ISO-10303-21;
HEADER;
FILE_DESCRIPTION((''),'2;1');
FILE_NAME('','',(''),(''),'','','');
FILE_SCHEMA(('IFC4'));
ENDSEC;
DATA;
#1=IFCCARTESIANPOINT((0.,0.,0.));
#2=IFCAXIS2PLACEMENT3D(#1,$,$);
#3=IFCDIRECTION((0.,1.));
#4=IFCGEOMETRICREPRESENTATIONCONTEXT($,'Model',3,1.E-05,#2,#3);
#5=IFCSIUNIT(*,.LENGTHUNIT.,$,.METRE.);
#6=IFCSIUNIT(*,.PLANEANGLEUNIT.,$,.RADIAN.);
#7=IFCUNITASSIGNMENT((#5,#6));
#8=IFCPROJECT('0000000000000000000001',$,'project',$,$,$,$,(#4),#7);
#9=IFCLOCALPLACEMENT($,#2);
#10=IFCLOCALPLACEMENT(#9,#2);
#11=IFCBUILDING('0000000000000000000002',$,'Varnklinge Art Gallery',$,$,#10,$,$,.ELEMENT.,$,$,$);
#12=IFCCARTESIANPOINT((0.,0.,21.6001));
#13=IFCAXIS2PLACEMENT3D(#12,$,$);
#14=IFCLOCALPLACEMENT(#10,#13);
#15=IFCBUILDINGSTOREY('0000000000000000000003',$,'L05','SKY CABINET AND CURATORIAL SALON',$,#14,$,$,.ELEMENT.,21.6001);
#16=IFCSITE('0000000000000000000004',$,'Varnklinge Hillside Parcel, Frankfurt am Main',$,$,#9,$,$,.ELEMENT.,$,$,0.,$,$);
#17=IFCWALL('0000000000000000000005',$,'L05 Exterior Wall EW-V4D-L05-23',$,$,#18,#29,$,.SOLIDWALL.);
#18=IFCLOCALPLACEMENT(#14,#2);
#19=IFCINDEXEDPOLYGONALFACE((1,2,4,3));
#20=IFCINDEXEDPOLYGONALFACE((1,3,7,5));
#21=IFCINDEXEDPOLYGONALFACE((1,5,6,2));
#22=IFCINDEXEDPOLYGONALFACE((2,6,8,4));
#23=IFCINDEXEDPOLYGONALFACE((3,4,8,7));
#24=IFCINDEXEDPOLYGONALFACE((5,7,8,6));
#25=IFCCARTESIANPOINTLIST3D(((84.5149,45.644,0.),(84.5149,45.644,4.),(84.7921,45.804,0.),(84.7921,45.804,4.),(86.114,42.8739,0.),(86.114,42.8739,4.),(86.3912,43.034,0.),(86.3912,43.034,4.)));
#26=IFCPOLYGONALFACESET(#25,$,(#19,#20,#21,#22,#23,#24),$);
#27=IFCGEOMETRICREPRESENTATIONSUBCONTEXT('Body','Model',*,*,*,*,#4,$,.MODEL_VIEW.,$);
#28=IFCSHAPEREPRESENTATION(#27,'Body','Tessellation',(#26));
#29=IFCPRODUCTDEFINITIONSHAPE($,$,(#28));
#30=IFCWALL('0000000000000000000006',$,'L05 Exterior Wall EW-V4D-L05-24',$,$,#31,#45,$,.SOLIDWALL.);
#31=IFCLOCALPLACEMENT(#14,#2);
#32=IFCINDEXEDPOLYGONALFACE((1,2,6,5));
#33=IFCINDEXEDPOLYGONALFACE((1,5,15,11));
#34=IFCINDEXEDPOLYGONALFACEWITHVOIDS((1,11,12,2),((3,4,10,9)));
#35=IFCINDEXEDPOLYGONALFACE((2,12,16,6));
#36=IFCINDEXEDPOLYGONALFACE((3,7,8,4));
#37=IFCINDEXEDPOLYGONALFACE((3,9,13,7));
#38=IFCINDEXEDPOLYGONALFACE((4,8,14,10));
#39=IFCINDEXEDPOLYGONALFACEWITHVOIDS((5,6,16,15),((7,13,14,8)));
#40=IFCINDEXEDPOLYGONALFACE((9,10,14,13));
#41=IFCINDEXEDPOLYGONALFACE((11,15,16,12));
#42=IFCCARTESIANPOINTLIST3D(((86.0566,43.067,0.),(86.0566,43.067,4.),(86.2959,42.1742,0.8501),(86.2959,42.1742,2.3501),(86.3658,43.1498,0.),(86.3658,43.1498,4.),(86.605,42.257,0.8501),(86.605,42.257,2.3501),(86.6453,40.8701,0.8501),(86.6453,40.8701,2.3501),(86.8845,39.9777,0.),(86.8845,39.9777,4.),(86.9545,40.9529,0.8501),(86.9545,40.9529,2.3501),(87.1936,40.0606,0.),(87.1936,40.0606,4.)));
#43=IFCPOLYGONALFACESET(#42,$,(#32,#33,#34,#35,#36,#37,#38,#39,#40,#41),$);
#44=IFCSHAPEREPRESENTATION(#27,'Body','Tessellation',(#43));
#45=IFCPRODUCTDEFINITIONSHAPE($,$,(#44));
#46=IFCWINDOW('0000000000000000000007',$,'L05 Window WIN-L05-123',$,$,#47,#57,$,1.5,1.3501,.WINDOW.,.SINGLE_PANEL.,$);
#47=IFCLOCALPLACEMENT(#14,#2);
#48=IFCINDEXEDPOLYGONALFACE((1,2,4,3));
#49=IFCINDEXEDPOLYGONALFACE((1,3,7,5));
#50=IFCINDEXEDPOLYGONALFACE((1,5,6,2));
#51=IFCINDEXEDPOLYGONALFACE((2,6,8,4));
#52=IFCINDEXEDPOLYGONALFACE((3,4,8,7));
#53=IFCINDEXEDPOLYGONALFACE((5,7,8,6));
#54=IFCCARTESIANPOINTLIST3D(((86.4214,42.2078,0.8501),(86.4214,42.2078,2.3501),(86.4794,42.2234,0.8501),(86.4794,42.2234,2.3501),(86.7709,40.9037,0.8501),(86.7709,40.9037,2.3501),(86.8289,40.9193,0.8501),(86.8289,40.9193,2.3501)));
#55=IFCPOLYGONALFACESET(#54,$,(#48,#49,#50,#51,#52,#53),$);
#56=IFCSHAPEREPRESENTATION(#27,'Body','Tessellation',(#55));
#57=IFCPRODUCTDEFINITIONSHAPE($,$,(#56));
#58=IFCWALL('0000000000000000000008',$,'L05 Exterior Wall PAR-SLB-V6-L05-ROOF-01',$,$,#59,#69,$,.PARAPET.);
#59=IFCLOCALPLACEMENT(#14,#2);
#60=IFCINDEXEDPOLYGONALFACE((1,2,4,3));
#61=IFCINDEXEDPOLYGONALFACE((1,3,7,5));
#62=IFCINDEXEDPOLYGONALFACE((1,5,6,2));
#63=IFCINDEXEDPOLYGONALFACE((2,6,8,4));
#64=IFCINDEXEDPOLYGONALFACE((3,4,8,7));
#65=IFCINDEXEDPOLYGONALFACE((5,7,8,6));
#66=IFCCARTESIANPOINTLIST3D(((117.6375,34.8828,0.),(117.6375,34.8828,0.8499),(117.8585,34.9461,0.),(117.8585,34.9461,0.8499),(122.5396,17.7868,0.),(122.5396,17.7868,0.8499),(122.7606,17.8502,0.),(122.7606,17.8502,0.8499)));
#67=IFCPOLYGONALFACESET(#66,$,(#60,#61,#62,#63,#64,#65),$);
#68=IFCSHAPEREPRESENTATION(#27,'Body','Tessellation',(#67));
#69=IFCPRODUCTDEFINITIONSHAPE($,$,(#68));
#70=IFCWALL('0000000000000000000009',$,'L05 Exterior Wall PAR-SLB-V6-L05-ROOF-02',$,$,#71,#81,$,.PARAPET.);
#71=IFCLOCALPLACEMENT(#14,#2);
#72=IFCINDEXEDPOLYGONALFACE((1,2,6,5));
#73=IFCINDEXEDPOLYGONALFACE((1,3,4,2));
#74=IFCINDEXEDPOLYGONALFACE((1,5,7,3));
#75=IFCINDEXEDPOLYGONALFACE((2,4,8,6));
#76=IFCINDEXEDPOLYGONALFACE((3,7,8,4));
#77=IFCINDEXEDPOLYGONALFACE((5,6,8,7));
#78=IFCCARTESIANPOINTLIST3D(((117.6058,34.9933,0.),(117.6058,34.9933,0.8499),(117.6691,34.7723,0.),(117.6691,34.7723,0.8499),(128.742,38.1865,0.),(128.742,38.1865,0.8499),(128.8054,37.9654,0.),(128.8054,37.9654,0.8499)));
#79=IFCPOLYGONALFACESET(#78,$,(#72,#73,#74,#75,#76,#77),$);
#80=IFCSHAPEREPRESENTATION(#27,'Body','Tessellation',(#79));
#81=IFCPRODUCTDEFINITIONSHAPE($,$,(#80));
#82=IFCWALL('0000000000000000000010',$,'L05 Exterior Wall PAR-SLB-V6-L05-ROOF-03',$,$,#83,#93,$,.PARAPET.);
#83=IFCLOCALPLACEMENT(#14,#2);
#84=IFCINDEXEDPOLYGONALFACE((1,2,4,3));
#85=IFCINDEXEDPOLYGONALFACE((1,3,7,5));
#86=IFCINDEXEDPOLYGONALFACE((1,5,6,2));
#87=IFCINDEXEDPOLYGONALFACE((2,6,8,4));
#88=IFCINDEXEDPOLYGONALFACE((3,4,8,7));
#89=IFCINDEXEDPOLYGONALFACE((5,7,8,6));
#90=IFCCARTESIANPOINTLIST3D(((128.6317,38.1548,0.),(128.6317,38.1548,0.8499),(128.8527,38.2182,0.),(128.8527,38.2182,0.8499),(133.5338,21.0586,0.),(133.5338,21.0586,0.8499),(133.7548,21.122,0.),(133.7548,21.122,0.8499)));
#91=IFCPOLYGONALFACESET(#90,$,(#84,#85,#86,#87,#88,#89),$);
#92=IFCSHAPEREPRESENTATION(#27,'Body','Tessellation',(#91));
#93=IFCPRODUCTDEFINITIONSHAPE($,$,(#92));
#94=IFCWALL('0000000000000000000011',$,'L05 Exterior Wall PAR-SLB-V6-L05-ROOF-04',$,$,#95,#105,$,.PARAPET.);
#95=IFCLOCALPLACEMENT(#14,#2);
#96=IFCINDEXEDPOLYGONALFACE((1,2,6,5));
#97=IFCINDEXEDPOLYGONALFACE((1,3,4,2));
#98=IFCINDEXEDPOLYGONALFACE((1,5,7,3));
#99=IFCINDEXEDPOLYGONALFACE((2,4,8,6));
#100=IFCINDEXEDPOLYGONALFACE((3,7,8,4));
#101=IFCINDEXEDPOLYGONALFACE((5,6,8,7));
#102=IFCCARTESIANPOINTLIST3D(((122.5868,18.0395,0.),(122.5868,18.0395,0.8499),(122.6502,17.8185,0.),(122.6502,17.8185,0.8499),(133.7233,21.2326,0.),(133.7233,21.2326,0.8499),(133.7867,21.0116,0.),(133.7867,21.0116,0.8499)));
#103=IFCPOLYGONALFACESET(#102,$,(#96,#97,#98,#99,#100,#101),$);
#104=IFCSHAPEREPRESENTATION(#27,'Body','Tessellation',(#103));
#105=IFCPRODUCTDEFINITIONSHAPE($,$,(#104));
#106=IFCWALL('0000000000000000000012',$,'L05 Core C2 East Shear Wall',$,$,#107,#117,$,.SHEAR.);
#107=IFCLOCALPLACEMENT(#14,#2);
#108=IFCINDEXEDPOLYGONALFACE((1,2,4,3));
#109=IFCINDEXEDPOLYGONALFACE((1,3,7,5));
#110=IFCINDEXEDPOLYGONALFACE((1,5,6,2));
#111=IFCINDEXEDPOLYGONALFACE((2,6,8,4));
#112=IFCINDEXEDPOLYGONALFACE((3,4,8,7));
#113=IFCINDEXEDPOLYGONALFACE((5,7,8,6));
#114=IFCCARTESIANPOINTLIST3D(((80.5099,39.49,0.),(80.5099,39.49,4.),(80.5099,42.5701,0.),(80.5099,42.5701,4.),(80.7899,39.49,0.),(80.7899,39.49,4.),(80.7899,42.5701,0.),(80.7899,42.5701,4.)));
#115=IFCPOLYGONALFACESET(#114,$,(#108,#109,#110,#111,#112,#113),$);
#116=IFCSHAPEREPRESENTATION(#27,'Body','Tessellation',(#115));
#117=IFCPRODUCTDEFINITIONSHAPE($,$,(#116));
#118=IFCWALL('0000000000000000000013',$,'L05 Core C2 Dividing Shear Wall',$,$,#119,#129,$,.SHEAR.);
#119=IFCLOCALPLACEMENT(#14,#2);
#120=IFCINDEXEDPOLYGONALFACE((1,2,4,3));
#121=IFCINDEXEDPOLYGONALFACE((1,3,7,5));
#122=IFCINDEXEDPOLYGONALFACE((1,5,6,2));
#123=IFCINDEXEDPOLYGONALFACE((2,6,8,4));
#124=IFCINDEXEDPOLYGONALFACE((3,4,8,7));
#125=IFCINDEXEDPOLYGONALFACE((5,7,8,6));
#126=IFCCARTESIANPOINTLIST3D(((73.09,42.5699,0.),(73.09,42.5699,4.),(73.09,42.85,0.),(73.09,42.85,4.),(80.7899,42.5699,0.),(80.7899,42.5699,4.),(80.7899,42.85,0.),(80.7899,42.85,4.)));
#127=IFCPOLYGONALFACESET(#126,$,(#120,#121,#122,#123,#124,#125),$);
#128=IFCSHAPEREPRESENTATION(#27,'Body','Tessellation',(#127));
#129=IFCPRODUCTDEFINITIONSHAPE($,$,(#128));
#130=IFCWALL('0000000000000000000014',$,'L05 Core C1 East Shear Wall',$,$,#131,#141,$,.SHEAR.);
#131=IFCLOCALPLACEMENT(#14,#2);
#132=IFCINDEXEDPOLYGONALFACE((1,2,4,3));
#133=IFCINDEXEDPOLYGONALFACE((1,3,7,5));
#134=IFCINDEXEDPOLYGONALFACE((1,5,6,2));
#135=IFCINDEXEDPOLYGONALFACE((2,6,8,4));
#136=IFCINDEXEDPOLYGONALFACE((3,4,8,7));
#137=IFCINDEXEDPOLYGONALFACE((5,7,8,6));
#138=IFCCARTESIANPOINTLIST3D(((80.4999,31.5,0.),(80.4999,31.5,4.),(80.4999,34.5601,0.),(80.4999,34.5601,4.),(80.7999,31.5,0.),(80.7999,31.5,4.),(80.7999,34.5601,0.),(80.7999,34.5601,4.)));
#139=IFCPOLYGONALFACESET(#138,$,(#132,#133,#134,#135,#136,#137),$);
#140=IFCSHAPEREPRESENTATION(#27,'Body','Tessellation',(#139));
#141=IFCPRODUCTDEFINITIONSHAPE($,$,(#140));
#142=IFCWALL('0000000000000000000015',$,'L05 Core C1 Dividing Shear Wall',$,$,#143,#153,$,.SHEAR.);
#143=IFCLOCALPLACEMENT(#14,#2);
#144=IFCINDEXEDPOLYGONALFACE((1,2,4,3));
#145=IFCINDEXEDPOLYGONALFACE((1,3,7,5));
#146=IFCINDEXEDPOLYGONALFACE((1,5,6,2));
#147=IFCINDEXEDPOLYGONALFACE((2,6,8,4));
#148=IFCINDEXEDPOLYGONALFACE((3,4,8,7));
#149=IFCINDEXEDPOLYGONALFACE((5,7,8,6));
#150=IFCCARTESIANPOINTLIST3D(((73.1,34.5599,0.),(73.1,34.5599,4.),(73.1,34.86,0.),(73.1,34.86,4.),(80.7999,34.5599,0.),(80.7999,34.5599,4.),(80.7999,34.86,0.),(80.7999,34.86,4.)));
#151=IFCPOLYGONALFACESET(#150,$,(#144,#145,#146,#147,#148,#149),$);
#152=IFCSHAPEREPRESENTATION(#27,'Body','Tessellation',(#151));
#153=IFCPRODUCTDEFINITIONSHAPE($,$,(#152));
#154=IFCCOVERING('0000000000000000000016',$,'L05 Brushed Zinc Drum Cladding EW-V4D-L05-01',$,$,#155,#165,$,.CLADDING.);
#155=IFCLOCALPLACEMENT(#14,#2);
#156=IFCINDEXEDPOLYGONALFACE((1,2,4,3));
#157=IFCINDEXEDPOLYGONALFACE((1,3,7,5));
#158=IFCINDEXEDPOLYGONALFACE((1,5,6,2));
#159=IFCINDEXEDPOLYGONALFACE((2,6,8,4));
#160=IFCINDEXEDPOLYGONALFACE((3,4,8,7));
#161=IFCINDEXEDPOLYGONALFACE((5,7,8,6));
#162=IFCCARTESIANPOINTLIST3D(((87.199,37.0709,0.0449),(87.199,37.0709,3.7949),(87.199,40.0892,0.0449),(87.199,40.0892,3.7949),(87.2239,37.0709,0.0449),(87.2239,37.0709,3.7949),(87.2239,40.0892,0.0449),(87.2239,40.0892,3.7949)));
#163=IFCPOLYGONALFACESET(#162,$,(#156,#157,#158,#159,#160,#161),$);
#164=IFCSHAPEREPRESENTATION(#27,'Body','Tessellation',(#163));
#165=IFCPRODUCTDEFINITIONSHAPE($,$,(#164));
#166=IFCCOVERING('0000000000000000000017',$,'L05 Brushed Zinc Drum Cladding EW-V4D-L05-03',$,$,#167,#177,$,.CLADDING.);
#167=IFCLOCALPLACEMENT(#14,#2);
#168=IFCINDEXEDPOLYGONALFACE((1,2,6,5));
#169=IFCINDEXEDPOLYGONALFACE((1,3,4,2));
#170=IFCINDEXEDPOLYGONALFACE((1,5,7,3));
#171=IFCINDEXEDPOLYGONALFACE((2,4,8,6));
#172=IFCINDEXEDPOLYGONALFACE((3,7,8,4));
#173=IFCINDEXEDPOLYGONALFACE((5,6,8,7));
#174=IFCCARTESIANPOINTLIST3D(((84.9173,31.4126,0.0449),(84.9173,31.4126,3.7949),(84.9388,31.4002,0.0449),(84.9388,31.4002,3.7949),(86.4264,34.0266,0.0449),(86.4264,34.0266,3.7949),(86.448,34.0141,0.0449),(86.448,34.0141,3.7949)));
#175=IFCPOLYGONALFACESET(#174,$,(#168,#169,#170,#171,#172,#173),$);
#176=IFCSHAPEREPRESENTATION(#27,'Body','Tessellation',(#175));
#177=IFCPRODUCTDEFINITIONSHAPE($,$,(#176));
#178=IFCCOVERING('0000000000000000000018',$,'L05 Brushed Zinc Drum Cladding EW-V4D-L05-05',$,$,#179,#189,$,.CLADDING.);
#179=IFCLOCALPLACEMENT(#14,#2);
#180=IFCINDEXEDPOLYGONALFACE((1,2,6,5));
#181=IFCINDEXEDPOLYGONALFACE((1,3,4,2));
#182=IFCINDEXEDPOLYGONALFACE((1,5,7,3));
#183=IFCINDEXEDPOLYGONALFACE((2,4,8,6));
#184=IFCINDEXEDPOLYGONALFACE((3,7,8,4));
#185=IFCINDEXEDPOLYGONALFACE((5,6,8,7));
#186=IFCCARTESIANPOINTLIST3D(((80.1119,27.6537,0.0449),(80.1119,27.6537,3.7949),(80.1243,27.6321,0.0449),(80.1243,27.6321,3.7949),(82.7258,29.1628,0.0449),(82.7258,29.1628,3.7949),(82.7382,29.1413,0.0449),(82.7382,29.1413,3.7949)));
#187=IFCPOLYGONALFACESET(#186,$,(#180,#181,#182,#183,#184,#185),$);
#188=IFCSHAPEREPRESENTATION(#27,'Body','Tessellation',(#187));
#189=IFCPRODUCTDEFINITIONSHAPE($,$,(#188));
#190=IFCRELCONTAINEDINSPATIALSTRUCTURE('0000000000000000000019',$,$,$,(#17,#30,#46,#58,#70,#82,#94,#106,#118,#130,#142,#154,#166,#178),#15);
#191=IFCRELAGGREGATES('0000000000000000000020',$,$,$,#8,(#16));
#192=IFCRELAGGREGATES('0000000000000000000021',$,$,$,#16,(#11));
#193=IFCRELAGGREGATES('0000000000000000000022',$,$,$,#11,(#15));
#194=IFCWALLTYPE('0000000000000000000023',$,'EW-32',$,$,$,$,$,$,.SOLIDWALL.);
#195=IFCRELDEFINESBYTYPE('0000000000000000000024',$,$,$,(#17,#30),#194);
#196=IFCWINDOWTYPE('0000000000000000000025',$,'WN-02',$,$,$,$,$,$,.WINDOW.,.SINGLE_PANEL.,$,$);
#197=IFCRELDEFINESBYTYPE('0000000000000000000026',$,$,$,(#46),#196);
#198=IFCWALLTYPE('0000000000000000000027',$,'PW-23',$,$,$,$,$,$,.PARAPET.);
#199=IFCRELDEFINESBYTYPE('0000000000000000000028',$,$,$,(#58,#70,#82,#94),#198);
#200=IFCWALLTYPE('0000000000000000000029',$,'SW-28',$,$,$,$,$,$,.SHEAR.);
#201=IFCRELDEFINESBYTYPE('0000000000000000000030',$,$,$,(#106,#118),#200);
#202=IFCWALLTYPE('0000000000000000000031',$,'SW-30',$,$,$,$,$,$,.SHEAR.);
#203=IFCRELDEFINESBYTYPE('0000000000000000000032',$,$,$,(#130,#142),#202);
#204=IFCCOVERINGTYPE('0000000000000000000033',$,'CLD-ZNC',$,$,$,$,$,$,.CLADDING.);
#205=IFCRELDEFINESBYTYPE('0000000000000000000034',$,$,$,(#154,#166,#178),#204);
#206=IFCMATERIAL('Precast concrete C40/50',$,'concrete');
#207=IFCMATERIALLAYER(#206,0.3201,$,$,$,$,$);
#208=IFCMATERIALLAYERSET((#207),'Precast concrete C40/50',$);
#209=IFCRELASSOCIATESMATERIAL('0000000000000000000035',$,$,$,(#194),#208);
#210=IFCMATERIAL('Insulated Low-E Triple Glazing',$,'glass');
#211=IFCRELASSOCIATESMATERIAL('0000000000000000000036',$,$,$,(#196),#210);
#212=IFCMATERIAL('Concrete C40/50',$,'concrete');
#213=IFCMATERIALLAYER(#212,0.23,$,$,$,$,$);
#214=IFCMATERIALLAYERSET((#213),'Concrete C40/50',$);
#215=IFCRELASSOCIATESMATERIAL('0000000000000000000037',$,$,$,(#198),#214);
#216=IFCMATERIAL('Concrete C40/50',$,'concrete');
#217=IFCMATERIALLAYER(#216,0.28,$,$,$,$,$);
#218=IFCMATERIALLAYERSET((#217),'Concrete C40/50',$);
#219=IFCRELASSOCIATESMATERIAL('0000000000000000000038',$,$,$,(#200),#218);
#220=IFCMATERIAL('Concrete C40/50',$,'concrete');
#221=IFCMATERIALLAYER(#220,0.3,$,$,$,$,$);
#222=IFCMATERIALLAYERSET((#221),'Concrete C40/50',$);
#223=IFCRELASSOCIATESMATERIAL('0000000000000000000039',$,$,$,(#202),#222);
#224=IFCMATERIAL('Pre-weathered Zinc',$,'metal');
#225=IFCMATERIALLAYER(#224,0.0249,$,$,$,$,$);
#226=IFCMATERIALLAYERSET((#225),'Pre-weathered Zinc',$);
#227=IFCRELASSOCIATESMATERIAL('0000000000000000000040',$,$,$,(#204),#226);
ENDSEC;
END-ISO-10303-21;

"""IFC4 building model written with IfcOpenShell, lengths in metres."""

from ifc_helpers import new_model, si_unit, direction, frame, frame_2d, origin, origin_2d, place, context, subcontext, project, spatial, rectangle, extrude, material, layer, layer_set, type_object, element, fill, save


model = new_model("IFC4")

# Units and contexts
model_context = context("Model", 3, precision=1e-05, world=origin(), true_north=direction((0.0, 1.0)))
body_context = subcontext(model_context, "Body", "Model", "MODEL_VIEW")
ifc_project = project(units=[si_unit("LENGTHUNIT", "METRE"), si_unit("PLANEANGLEUNIT", "RADIAN")], contexts=[model_context])

# Site, building, storey
site_placement = place(None, origin())
site = spatial("IfcSite", under=ifc_project, at=site_placement, Name="Varnklinge Hillside Parcel, Frankfurt am Main", CompositionType="ELEMENT", RefElevation=0.0)
building_placement = place(site_placement, origin())
building = spatial("IfcBuilding", under=site, at=building_placement, Name="Varnklinge Art Gallery", CompositionType="ELEMENT")
storey_placement = place(building_placement, frame((0.0, 0.0, 21.6001)))
storey = spatial("IfcBuildingStorey", under=building, at=storey_placement, Name="L05", Description="SKY CABINET AND CURATORIAL SALON", CompositionType="ELEMENT", Elevation=21.6001)

# Shared definitions
ifc_material_1 = material(Name="Precast concrete C40/50", Category="concrete")
ifc_layer_1 = layer(ifc_material_1, 0.3201)
ifc_layer_set_1 = layer_set([ifc_layer_1], Name="Precast concrete C40/50")
wall_type_1 = type_object("IfcWallType", Name="EW-32", PredefinedType="SOLIDWALL", material=ifc_layer_set_1)

# Shared definitions
ifc_material_2 = material(Name="Insulated Low-E Triple Glazing", Category="glass")
window_type = type_object("IfcWindowType", Name="WN-02", PartitioningType="SINGLE_PANEL", PredefinedType="WINDOW", material=ifc_material_2)

# Wall
wall_1_placement = place(storey_placement, frame((84.6536, 45.7239, 0.0), z_axis=(0.0, 0.0, 1.0), x_axis=(0.499965, -0.866046, 0.0)))
element("IfcWall", 1, at=wall_1_placement, inside=storey, type_object=wall_type_1, Name="L05 Exterior Wall EW-V4D-L05-23", PredefinedType="SOLIDWALL", context=body_context, shape_type="SweptSolid", body=[
    extrude(rectangle(XDim=3.1985, YDim=0.3201, at=frame_2d((1.5991, 0.0))), origin(), (0.0, 0.0, 1.0), 4.0),
])

# Wall, opening, window
wall_2_placement = place(storey_placement, frame((86.2112, 43.1084, 0.0), z_axis=(0.0, 0.0, 1.0), x_axis=(0.258845, -0.965919, 0.0)))
wall_2 = element("IfcWall", 2, at=wall_2_placement, inside=storey, type_object=wall_type_1, Name="L05 Exterior Wall EW-V4D-L05-24", PredefinedType="SOLIDWALL", context=body_context, shape_type="SweptSolid", body=[
    extrude(rectangle(XDim=3.1982, YDim=0.3201, at=frame_2d((1.5991, 0.0))), origin(), (0.0, 0.0, 1.0), 4.0),
])
opening_1_placement = place(wall_2_placement, frame((0.9243, 0.0, 0.8501)))
opening_1 = element("IfcOpeningElement", 3, at=opening_1_placement, cuts=wall_2, PredefinedType="OPENING", context=body_context, shape_type="SweptSolid", body=[
    extrude(rectangle(XDim=1.3501, YDim=1.5, at=frame_2d((0.675, 0.75))), frame((0.0, 0.1702, 0.0), z_axis=(0.0, -1.0, 0.0), x_axis=(1.0, 0.0, 0.0)), (0.0, 0.0, 1.0), 0.3401),
])
window_1_placement = place(opening_1_placement, origin())
window_1 = element("IfcWindow", 4, at=window_1_placement, inside=storey, type_object=window_type, Name="L05 Window WIN-L05-123", OverallHeight=1.5, OverallWidth=1.3501, PartitioningType="SINGLE_PANEL", PredefinedType="WINDOW", context=body_context, shape_type="SweptSolid", body=[
    extrude(rectangle(XDim=1.3501, YDim=1.5, at=frame_2d((0.675, 0.75))), frame((0.0, 0.03, 0.0), z_axis=(0.0, -1.0, 0.0), x_axis=(1.0, 0.0, 0.0)), (0.0, 0.0, 1.0), 0.0601),
])
fill(opening_1, window_1)

# Walls
ifc_material_3 = material(Name="Concrete C40/50", Category="concrete")
ifc_layer_2 = layer(ifc_material_3, 0.23)
ifc_layer_set_2 = layer_set([ifc_layer_2], Name="Concrete C40/50")
wall_type_2 = type_object("IfcWallType", Name="PW-23", PredefinedType="PARAPET", material=ifc_layer_set_2)
wall_3_placement = place(storey_placement, frame((122.6501, 17.8184, 0.0), z_axis=(0.0, 0.0, 1.0), x_axis=(-0.275633, 0.961263, 0.0)))
element("IfcWall", 5, at=wall_3_placement, inside=storey, type_object=wall_type_2, Name="L05 Exterior Wall PAR-SLB-V6-L05-ROOF-01", PredefinedType="PARAPET", context=body_context, shape_type="SweptSolid", body=[
    extrude(rectangle(XDim=17.7849, YDim=0.23, at=frame_2d((8.8926, 0.0))), origin(), (0.0, 0.0, 1.0), 0.8499),
])
wall_4_placement = place(storey_placement, frame((117.6375, 34.8828, 0.0), z_axis=(0.0, 0.0, 1.0), x_axis=(0.961265, 0.275626, 0.0)))
element("IfcWall", 6, at=wall_4_placement, inside=storey, type_object=wall_type_2, Name="L05 Exterior Wall PAR-SLB-V6-L05-ROOF-02", PredefinedType="PARAPET", context=body_context, shape_type="SweptSolid", body=[
    extrude(rectangle(XDim=11.585, YDim=0.23, at=frame_2d((5.7925, 0.0))), origin(), (0.0, 0.0, 1.0), 0.8499),
])
wall_5_placement = place(storey_placement, frame((128.7422, 38.1865, 0.0), z_axis=(0.0, 0.0, 1.0), x_axis=(0.275629, -0.961264, 0.0)))
element("IfcWall", 7, at=wall_5_placement, inside=storey, type_object=wall_type_2, Name="L05 Exterior Wall PAR-SLB-V6-L05-ROOF-03", PredefinedType="PARAPET", context=body_context, shape_type="SweptSolid", body=[
    extrude(rectangle(XDim=17.7852, YDim=0.23, at=frame_2d((8.8926, 0.0))), origin(), (0.0, 0.0, 1.0), 0.8499),
])
wall_6_placement = place(storey_placement, frame((133.7549, 21.1221, 0.0), z_axis=(0.0, 0.0, 1.0), x_axis=(-0.961267, -0.27562, 0.0)))
element("IfcWall", 8, at=wall_6_placement, inside=storey, type_object=wall_type_2, Name="L05 Exterior Wall PAR-SLB-V6-L05-ROOF-04", PredefinedType="PARAPET", context=body_context, shape_type="SweptSolid", body=[
    extrude(rectangle(XDim=11.5852, YDim=0.23, at=frame_2d((5.7925, 0.0))), origin(), (0.0, 0.0, 1.0), 0.8499),
])
ifc_material_4 = material(Name="Concrete C40/50", Category="concrete")
ifc_layer_3 = layer(ifc_material_4, 0.28)
ifc_layer_set_3 = layer_set([ifc_layer_3], Name="Concrete C40/50")
wall_type_3 = type_object("IfcWallType", Name="SW-28", PredefinedType="SHEAR", material=ifc_layer_set_3)
wall_7_placement = place(storey_placement, frame((80.6499, 39.49, 0.0), z_axis=(0.0, 0.0, 1.0), x_axis=(0.0, 1.0, 0.0)))
element("IfcWall", 9, at=wall_7_placement, inside=storey, type_object=wall_type_3, Name="L05 Core C2 East Shear Wall", PredefinedType="SHEAR", context=body_context, shape_type="SweptSolid", body=[
    extrude(rectangle(XDim=3.0801, YDim=0.28, at=frame_2d((1.54, 0.0))), origin(), (0.0, 0.0, 1.0), 4.0),
])
wall_8_placement = place(storey_placement, frame((80.79, 42.71, 0.0), z_axis=(0.0, 0.0, 1.0), x_axis=(-1.0, 0.0, 0.0)))
element("IfcWall", 10, at=wall_8_placement, inside=storey, type_object=wall_type_3, Name="L05 Core C2 Dividing Shear Wall", PredefinedType="SHEAR", context=body_context, shape_type="SweptSolid", body=[
    extrude(rectangle(XDim=7.7, YDim=0.28, at=frame_2d((3.8501, 0.0))), origin(), (0.0, 0.0, 1.0), 4.0),
])
ifc_material_5 = material(Name="Concrete C40/50", Category="concrete")
ifc_layer_4 = layer(ifc_material_5, 0.3)
ifc_layer_set_4 = layer_set([ifc_layer_4], Name="Concrete C40/50")
wall_type_4 = type_object("IfcWallType", Name="SW-30", PredefinedType="SHEAR", material=ifc_layer_set_4)
wall_9_placement = place(storey_placement, frame((80.6499, 31.5, 0.0), z_axis=(0.0, 0.0, 1.0), x_axis=(0.0, 1.0, 0.0)))
element("IfcWall", 11, at=wall_9_placement, inside=storey, type_object=wall_type_4, Name="L05 Core C1 East Shear Wall", PredefinedType="SHEAR", context=body_context, shape_type="SweptSolid", body=[
    extrude(rectangle(XDim=3.0601, YDim=0.3, at=frame_2d((1.53, 0.0))), origin(), (0.0, 0.0, 1.0), 4.0),
])
wall_10_placement = place(storey_placement, frame((80.8, 34.71, 0.0), z_axis=(0.0, 0.0, 1.0), x_axis=(-1.0, 0.0, 0.0)))
element("IfcWall", 12, at=wall_10_placement, inside=storey, type_object=wall_type_4, Name="L05 Core C1 Dividing Shear Wall", PredefinedType="SHEAR", context=body_context, shape_type="SweptSolid", body=[
    extrude(rectangle(XDim=7.7, YDim=0.3, at=frame_2d((3.8501, 0.0))), origin(), (0.0, 0.0, 1.0), 4.0),
])

# Coverings
ifc_material_6 = material(Name="Pre-weathered Zinc", Category="metal")
ifc_layer_5 = layer(ifc_material_6, 0.0249)
ifc_layer_set_5 = layer_set([ifc_layer_5], Name="Pre-weathered Zinc")
covering_type = type_object("IfcCoveringType", Name="CLD-ZNC", PredefinedType="CLADDING", material=ifc_layer_set_5)
for number, where, z_axis, x_axis, name in (
    (13, (87.2114, 38.5801, 0.0449), (0.0, 0.0, 1.0), (0.0, -1.0, 0.0), "L05 Brushed Zinc Drum Cladding EW-V4D-L05-01"),
    (14, (85.6826, 32.7134, 0.0449), (0.0, 0.0, 1.0), (-0.5, -0.866025, 0.0), "L05 Brushed Zinc Drum Cladding EW-V4D-L05-03"),
    (15, (81.425, 28.3975, 0.0449), (0.0, 0.0, 1.0), (-0.866025, -0.5, 0.0), "L05 Brushed Zinc Drum Cladding EW-V4D-L05-05"),
):
    element("IfcCovering", number, at=place(storey_placement, frame(where, z_axis=z_axis, x_axis=x_axis)), inside=storey, type_object=covering_type, Name=name, PredefinedType="CLADDING", context=body_context, shape_type="SweptSolid", body=[
        extrude(rectangle(XDim=3.0183, YDim=0.0249, at=origin_2d()), origin(), (0.0, 0.0, 1.0), 3.75),
    ])

save(model, "model.ifc")
